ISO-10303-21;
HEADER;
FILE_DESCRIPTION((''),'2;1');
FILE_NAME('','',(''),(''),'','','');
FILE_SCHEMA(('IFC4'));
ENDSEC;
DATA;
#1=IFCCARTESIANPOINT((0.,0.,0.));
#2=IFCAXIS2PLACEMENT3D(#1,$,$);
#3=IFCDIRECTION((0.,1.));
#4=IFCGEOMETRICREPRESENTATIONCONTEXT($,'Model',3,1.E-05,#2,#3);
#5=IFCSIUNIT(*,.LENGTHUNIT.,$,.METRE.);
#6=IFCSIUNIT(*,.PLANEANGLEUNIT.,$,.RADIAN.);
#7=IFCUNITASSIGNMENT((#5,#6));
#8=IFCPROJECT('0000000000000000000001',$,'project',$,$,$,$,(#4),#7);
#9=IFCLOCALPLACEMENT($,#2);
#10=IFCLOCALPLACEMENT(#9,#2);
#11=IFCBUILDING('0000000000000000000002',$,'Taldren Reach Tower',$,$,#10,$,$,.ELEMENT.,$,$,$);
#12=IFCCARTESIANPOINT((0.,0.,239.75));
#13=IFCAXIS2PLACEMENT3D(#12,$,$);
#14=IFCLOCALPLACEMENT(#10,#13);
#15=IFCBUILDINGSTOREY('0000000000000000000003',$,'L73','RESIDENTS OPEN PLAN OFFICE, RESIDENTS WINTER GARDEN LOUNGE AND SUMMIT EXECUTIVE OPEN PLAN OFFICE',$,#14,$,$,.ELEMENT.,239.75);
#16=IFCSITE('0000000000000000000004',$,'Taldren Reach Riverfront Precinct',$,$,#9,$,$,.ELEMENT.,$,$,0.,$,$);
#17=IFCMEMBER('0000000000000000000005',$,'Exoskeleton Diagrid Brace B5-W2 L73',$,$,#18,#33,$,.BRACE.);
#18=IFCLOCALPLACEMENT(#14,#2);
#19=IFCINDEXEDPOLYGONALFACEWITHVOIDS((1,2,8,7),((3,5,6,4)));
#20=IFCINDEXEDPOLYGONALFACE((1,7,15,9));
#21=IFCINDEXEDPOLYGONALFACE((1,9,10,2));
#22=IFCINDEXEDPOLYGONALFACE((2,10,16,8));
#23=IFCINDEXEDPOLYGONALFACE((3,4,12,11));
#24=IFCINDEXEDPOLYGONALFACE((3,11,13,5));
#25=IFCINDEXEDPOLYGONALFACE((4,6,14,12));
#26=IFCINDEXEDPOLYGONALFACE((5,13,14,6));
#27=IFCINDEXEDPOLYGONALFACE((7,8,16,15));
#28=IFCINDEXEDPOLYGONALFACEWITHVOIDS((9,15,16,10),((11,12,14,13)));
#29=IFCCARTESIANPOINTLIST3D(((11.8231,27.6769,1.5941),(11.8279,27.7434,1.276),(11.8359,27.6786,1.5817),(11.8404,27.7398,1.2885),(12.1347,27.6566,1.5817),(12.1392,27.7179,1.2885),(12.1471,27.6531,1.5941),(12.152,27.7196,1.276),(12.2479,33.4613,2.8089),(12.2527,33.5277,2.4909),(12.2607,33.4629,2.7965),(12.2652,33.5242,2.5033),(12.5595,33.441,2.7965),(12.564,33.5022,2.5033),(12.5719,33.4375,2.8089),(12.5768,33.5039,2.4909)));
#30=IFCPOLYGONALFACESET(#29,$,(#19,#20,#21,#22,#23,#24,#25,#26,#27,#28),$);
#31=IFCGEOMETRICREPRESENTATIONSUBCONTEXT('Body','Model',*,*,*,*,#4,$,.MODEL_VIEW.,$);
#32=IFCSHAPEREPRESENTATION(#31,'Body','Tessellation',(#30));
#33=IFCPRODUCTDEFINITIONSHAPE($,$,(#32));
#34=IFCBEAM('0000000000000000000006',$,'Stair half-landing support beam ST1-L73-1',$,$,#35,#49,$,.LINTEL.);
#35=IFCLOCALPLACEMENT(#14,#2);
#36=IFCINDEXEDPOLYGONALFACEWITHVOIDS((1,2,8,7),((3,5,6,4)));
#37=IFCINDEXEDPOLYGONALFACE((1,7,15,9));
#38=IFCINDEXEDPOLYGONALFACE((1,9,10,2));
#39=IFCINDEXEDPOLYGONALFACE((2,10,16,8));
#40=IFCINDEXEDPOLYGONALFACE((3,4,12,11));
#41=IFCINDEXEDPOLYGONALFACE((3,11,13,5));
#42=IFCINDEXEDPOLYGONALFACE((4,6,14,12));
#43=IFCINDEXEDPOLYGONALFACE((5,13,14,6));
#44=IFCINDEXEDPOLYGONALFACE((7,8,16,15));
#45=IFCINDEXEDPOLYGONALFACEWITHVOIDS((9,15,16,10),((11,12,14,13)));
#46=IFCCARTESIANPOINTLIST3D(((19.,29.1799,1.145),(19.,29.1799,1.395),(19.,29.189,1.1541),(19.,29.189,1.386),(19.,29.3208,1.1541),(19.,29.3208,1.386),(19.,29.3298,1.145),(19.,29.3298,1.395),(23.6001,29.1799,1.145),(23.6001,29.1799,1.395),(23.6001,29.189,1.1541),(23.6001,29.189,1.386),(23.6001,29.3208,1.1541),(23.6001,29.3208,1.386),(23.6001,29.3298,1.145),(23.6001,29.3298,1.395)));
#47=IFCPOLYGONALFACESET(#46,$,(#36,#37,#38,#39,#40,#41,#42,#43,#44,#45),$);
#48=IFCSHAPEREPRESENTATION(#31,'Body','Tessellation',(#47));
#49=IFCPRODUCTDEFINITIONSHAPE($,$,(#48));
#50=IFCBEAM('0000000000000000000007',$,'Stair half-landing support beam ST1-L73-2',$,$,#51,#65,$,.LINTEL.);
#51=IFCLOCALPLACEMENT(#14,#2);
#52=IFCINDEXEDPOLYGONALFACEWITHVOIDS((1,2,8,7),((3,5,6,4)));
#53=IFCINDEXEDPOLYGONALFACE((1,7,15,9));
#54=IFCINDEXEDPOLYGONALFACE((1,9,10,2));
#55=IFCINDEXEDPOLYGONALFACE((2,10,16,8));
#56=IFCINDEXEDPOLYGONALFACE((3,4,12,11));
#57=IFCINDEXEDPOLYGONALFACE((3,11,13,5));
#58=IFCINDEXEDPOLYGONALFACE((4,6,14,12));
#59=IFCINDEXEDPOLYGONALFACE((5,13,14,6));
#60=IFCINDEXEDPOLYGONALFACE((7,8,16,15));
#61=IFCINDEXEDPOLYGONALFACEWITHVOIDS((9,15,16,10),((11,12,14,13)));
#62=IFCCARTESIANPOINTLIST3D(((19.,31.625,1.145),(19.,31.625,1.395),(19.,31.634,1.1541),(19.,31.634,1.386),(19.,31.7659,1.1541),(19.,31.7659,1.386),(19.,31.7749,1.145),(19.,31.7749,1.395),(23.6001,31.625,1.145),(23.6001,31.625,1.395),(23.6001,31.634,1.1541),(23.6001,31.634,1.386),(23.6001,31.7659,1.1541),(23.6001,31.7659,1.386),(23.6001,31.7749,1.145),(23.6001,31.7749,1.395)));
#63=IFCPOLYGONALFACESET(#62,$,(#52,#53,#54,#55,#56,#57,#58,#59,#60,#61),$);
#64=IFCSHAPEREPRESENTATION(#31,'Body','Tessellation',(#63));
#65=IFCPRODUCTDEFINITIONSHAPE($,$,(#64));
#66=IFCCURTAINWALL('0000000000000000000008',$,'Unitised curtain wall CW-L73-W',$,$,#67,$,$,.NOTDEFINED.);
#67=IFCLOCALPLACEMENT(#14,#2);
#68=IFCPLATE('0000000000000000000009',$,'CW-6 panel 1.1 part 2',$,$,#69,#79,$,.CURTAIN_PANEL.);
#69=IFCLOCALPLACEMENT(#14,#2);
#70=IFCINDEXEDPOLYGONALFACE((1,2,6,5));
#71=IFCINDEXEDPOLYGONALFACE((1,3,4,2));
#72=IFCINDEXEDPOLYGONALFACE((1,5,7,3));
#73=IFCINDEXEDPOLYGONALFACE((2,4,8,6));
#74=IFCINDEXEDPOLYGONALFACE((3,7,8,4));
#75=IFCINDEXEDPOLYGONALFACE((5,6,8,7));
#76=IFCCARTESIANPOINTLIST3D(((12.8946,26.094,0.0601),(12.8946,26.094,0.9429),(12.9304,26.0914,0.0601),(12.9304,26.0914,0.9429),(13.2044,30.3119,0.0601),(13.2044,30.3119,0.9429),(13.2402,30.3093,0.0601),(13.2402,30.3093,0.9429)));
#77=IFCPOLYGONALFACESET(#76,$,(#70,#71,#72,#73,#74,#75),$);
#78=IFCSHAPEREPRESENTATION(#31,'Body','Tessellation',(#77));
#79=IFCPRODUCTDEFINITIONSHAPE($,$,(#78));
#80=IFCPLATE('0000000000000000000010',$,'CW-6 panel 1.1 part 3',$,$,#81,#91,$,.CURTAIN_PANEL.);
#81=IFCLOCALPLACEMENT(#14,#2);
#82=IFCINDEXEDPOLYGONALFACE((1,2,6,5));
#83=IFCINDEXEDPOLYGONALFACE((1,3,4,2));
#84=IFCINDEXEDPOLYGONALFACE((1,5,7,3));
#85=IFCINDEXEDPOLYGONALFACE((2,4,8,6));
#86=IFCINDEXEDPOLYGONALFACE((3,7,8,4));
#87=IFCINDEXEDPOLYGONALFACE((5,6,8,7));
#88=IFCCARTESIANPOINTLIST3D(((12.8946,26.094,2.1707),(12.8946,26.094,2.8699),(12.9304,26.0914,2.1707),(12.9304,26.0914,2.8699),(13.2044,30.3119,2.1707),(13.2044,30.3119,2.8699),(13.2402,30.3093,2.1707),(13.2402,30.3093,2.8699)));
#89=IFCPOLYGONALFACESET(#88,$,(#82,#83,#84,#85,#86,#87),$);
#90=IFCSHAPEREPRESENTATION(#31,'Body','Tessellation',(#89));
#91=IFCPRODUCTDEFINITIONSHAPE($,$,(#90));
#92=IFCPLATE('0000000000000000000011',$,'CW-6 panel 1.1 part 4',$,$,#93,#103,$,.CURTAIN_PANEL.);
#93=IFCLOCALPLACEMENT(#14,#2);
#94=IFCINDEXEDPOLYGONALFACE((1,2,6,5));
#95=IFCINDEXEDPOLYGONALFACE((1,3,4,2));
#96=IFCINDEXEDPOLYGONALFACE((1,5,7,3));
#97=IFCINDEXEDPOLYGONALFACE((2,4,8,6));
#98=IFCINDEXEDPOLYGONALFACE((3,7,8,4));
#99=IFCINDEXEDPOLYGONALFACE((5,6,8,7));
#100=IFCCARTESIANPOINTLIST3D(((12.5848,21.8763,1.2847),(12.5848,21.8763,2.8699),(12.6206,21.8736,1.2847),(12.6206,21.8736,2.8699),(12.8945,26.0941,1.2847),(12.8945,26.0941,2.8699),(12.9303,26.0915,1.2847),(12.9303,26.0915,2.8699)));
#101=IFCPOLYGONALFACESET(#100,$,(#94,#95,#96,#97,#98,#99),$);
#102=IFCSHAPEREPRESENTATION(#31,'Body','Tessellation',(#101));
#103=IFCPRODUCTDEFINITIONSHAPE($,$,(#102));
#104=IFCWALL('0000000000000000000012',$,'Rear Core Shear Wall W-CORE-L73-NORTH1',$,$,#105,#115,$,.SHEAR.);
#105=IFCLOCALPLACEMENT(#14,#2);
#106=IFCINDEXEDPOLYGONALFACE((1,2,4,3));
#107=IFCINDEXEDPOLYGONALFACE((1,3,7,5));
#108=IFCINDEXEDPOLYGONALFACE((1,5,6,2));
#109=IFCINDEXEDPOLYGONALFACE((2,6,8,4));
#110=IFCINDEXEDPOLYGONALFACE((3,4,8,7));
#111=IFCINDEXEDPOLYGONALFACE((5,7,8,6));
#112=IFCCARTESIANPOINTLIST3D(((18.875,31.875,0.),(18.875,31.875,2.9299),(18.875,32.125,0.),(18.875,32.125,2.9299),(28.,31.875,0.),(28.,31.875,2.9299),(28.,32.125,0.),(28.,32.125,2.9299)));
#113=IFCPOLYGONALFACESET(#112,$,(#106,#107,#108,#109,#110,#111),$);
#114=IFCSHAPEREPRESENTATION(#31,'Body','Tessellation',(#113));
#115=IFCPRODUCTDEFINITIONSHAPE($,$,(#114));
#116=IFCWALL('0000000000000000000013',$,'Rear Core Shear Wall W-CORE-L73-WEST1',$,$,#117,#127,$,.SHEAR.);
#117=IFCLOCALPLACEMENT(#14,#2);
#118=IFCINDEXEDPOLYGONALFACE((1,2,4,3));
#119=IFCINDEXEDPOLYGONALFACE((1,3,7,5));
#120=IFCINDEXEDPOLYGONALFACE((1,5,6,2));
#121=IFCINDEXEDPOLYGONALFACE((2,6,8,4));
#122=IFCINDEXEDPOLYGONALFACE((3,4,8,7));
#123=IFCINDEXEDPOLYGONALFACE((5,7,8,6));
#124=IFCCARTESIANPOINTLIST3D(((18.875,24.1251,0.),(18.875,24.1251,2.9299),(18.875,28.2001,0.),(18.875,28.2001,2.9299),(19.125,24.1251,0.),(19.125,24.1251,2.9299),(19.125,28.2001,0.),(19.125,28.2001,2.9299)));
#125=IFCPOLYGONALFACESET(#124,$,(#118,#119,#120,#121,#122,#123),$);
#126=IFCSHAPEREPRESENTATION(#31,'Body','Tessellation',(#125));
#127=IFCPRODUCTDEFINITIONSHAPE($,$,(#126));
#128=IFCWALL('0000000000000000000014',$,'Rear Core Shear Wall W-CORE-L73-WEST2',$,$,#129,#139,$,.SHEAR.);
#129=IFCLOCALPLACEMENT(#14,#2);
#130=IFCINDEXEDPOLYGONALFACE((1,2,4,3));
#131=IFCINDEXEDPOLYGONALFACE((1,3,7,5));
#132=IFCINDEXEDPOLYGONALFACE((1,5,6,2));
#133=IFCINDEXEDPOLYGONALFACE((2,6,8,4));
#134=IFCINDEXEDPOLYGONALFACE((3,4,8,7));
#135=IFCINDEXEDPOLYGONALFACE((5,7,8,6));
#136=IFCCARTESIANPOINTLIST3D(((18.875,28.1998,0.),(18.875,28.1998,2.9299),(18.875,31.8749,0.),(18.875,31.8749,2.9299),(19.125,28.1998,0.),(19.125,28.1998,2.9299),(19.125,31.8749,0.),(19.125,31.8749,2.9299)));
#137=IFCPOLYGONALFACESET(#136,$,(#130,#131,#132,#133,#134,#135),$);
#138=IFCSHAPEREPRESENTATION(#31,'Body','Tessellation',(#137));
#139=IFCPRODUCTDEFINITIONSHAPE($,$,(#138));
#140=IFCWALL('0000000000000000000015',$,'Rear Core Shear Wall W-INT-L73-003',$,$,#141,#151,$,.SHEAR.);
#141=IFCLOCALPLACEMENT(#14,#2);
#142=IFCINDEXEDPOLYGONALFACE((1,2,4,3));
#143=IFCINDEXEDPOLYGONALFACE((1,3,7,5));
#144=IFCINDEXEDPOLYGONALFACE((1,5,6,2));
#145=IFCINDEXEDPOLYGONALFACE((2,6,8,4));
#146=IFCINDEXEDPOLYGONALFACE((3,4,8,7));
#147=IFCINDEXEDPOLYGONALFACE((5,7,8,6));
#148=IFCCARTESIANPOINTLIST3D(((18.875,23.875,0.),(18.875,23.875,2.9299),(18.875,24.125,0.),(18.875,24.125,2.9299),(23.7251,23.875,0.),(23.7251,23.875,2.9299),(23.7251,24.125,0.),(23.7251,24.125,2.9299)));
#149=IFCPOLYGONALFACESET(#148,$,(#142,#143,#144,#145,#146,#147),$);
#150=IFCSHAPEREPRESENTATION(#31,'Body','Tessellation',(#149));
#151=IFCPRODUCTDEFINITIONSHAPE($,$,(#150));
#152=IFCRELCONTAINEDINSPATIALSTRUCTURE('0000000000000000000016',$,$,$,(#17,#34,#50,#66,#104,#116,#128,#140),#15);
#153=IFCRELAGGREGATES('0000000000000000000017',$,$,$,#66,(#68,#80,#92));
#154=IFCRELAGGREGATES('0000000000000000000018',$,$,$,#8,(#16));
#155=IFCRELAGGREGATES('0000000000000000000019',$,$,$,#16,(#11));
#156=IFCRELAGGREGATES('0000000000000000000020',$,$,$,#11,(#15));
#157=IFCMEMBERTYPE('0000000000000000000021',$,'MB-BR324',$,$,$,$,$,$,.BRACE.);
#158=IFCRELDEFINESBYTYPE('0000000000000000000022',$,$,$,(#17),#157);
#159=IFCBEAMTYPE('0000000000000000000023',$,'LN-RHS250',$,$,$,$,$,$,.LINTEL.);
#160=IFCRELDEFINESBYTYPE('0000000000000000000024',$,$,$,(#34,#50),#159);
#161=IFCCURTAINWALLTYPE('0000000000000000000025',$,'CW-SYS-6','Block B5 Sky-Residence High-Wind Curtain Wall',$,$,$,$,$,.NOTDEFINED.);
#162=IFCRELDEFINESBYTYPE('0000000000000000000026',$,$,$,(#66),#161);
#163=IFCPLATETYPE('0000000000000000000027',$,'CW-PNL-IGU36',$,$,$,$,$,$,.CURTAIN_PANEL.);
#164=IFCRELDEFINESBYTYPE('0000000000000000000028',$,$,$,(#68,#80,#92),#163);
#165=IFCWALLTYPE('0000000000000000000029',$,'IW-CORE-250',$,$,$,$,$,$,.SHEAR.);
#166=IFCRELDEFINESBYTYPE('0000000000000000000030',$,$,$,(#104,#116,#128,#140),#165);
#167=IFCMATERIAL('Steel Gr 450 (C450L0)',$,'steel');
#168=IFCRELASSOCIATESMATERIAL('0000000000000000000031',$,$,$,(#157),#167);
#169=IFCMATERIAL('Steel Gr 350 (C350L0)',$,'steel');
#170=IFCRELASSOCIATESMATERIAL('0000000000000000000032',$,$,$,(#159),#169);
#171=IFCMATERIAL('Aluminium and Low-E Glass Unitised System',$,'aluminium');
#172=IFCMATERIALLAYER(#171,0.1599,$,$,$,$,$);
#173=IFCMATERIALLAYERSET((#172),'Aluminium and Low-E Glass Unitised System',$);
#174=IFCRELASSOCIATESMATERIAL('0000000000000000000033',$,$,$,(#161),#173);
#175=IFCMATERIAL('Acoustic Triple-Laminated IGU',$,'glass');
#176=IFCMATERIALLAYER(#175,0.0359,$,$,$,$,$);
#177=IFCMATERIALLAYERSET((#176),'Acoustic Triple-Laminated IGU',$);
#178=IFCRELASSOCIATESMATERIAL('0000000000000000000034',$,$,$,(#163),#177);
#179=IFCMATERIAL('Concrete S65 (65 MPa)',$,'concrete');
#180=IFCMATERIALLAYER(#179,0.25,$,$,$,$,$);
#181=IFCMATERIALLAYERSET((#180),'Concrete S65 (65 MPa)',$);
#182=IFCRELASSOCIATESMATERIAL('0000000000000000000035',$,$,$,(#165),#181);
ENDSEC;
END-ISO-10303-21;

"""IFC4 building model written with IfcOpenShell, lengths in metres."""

from ifc_helpers import new_model, si_unit, direction, frame, frame_2d, origin, origin_2d, place, context, subcontext, project, spatial, rectangle, hollow_rectangle, extrude, source, transform, mapped, material, layer, layer_set, material_profile, profile_set, type_object, element, aggregate, save


model = new_model("IFC4")

# Units and contexts
model_context = context("Model", 3, precision=1e-05, world=origin(), true_north=direction((0.0, 1.0)))
body_context = subcontext(model_context, "Body", "Model", "MODEL_VIEW")
ifc_project = project(units=[si_unit("LENGTHUNIT", "METRE"), si_unit("PLANEANGLEUNIT", "RADIAN")], contexts=[model_context])

# Site, building, storey
site_placement = place(None, origin())
site = spatial("IfcSite", under=ifc_project, at=site_placement, Name="Taldren Reach Riverfront Precinct", CompositionType="ELEMENT", RefElevation=0.0)
building_placement = place(site_placement, origin())
building = spatial("IfcBuilding", under=site, at=building_placement, Name="Taldren Reach Tower", CompositionType="ELEMENT")
storey_placement = place(building_placement, frame((0.0, 0.0, 239.75)))
storey = spatial("IfcBuildingStorey", under=building, at=storey_placement, Name="L73", Description="RESIDENTS OPEN PLAN OFFICE, RESIDENTS WINTER GARDEN LOUNGE AND SUMMIT EXECUTIVE OPEN PLAN OFFICE", CompositionType="ELEMENT", Elevation=239.75)

# Shared definitions
ifc_material_1 = material(Name="Steel Gr 450 (C450L0)", Category="steel")

# Member
ifc_material_profile_1 = material_profile(ifc_material_1, hollow_rectangle(XDim=0.325, YDim=0.325, WallThickness=0.0127, at=origin_2d()), Name="325x325x12.7SHS")
ifc_profile_set_1 = profile_set([ifc_material_profile_1], Name="Steel Gr 450 (C450L0)")
member_type = type_object("IfcMemberType", Name="MB-BR324", PredefinedType="BRACE", material=ifc_profile_set_1)
shared_shape_1 = source(origin(), body_context, "Body", "SweptSolid", [
    extrude(hollow_rectangle(XDim=0.325, YDim=0.325, WallThickness=0.0127, at=origin_2d()), origin(), (0.0, 0.0, 1.0), 5.9258),
])
member_placement = place(storey_placement, frame((11.9875, 27.6982, 1.4351), z_axis=(0.071687, 0.976132, 0.205007), x_axis=(-0.997314, 0.073242, 0.0)))
element("IfcMember", 1, at=member_placement, inside=storey, type_object=member_type, Name="Exoskeleton Diagrid Brace B5-W2 L73", PredefinedType="BRACE", context=body_context, shape_type="MappedRepresentation", body=[
    mapped(shared_shape_1, transform((0.0, 0.0, 0.0), scale=1.0)),
])

# Beams
ifc_material_2 = material(Name="Steel Gr 350 (C350L0)", Category="steel")
ifc_material_profile_2 = material_profile(ifc_material_2, hollow_rectangle(XDim=0.1499, YDim=0.25, WallThickness=0.009, at=origin_2d()), Name="250x150x9.0RHS")
ifc_profile_set_2 = profile_set([ifc_material_profile_2], Name="Steel Gr 350 (C350L0)")
beam_type_1 = type_object("IfcBeamType", Name="LN-RHS250", PredefinedType="LINTEL", material=ifc_profile_set_2)
shared_shape_2 = source(origin(), body_context, "Body", "SweptSolid", [
    extrude(hollow_rectangle(XDim=0.1499, YDim=0.25, WallThickness=0.009, at=origin_2d()), origin(), (0.0, 0.0, 1.0), 4.6001),
])
for number, where, z_axis, x_axis, name in (
    (2, (19.0, 29.2549, 1.27), (1.0, 0.0, 0.0), (0.0, 1.0, 0.0), "Stair half-landing support beam ST1-L73-1"),
    (3, (19.0, 31.7, 1.27), (1.0, 0.0, 0.0), (0.0, 1.0, 0.0), "Stair half-landing support beam ST1-L73-2"),
):
    element("IfcBeam", number, at=place(storey_placement, frame(where, z_axis=z_axis, x_axis=x_axis)), inside=storey, type_object=beam_type_1, Name=name, PredefinedType="LINTEL", context=body_context, shape_type="MappedRepresentation", body=[
        mapped(shared_shape_2, transform((0.0, 0.0, 0.0), scale=1.0)),
    ])

# Curtain wall, plates
ifc_material_3 = material(Name="Aluminium and Low-E Glass Unitised System", Category="aluminium")
ifc_layer_1 = layer(ifc_material_3, 0.1599)
ifc_layer_set_1 = layer_set([ifc_layer_1], Name="Aluminium and Low-E Glass Unitised System")
curtain_wall_type = type_object("IfcCurtainWallType", Name="CW-SYS-6", Description="Block B5 Sky-Residence High-Wind Curtain Wall", PredefinedType="NOTDEFINED", material=ifc_layer_set_1)
curtain_wall_placement = place(storey_placement, origin())
curtain_wall = element("IfcCurtainWall", 4, at=curtain_wall_placement, inside=storey, type_object=curtain_wall_type, Name="Unitised curtain wall CW-L73-W", PredefinedType="NOTDEFINED")
ifc_material_4 = material(Name="Acoustic Triple-Laminated IGU", Category="glass")
ifc_layer_2 = layer(ifc_material_4, 0.0359)
ifc_layer_set_2 = layer_set([ifc_layer_2], Name="Acoustic Triple-Laminated IGU")
plate_type = type_object("IfcPlateType", Name="CW-PNL-IGU36", PredefinedType="CURTAIN_PANEL", material=ifc_layer_set_2)
shared_shape_3 = source(origin(), body_context, "Body", "SweptSolid", [
    extrude(rectangle(XDim=4.2292, YDim=0.0359, at=origin_2d()), origin(), (0.0, 0.0, 1.0), 0.8828),
])
plate_1_placement = place(storey_placement, frame((13.0674, 28.2017, 0.0601), z_axis=(0.0, 0.0, 1.0), x_axis=(-0.073238, -0.997314, 0.0)))
plate_1 = element("IfcPlate", 5, at=plate_1_placement, type_object=plate_type, Name="CW-6 panel 1.1 part 2", PredefinedType="CURTAIN_PANEL", context=body_context, shape_type="MappedRepresentation", body=[
    mapped(shared_shape_3, transform((0.0, 0.0, 0.0), scale=1.0)),
])
shared_shape_4 = source(origin(), body_context, "Body", "SweptSolid", [
    extrude(rectangle(XDim=4.2292, YDim=0.0359, at=origin_2d()), origin(), (0.0, 0.0, 1.0), 0.6992),
])
plate_2_placement = place(storey_placement, frame((13.0674, 28.2017, 2.1707), z_axis=(0.0, 0.0, 1.0), x_axis=(-0.073238, -0.997314, 0.0)))
plate_2 = element("IfcPlate", 6, at=plate_2_placement, type_object=plate_type, Name="CW-6 panel 1.1 part 3", PredefinedType="CURTAIN_PANEL", context=body_context, shape_type="MappedRepresentation", body=[
    mapped(shared_shape_4, transform((0.0, 0.0, 0.0), scale=1.0)),
])
shared_shape_5 = source(origin(), body_context, "Body", "SweptSolid", [
    extrude(rectangle(XDim=4.2292, YDim=0.0359, at=origin_2d()), origin(), (0.0, 0.0, 1.0), 1.5852),
])
plate_3_placement = place(storey_placement, frame((12.7576, 23.9839, 1.2847), z_axis=(0.0, 0.0, 1.0), x_axis=(-0.073238, -0.997314, 0.0)))
plate_3 = element("IfcPlate", 7, at=plate_3_placement, type_object=plate_type, Name="CW-6 panel 1.1 part 4", PredefinedType="CURTAIN_PANEL", context=body_context, shape_type="MappedRepresentation", body=[
    mapped(shared_shape_5, transform((0.0, 0.0, 0.0), scale=1.0)),
])
aggregate(curtain_wall, [plate_1, plate_2, plate_3])

# Walls
ifc_material_5 = material(Name="Concrete S65 (65 MPa)", Category="concrete")
ifc_layer_3 = layer(ifc_material_5, 0.25)
ifc_layer_set_3 = layer_set([ifc_layer_3], Name="Concrete S65 (65 MPa)")
wall_type_1 = type_object("IfcWallType", Name="IW-CORE-250", PredefinedType="SHEAR", material=ifc_layer_set_3)
shared_shape_6 = source(origin(), body_context, "Body", "SweptSolid", [
    extrude(rectangle(XDim=9.125, YDim=0.25, at=frame_2d((4.5625, 0.0))), origin(), (0.0, 0.0, 1.0), 2.9299),
])
wall_1_placement = place(storey_placement, frame((18.875, 32.0, 0.0), z_axis=(0.0, 0.0, 1.0), x_axis=(1.0, 0.0, 0.0)))
element("IfcWall", 8, at=wall_1_placement, inside=storey, type_object=wall_type_1, Name="Rear Core Shear Wall W-CORE-L73-NORTH1", PredefinedType="SHEAR", context=body_context, shape_type="MappedRepresentation", body=[
    mapped(shared_shape_6, transform((0.0, 0.0, 0.0), scale=1.0)),
])
shared_shape_7 = source(origin(), body_context, "Body", "SweptSolid", [
    extrude(rectangle(XDim=4.075, YDim=0.25, at=frame_2d((2.0376, 0.0))), origin(), (0.0, 0.0, 1.0), 2.9299),
])
wall_2_placement = place(storey_placement, frame((19.0, 24.125, 0.0), z_axis=(0.0, 0.0, 1.0), x_axis=(0.0, 1.0, 0.0)))
element("IfcWall", 9, at=wall_2_placement, inside=storey, type_object=wall_type_1, Name="Rear Core Shear Wall W-CORE-L73-WEST1", PredefinedType="SHEAR", context=body_context, shape_type="MappedRepresentation", body=[
    mapped(shared_shape_7, transform((0.0, 0.0, 0.0), scale=1.0)),
])
shared_shape_8 = source(origin(), body_context, "Body", "SweptSolid", [
    extrude(rectangle(XDim=3.675, YDim=0.25, at=frame_2d((1.8374, 0.0))), origin(), (0.0, 0.0, 1.0), 2.9299),
])
wall_3_placement = place(storey_placement, frame((19.0, 28.2, 0.0), z_axis=(0.0, 0.0, 1.0), x_axis=(0.0, 1.0, 0.0)))
element("IfcWall", 10, at=wall_3_placement, inside=storey, type_object=wall_type_1, Name="Rear Core Shear Wall W-CORE-L73-WEST2", PredefinedType="SHEAR", context=body_context, shape_type="MappedRepresentation", body=[
    mapped(shared_shape_8, transform((0.0, 0.0, 0.0), scale=1.0)),
])
shared_shape_9 = source(origin(), body_context, "Body", "SweptSolid", [
    extrude(rectangle(XDim=4.8501, YDim=0.25, at=frame_2d((2.425, 0.0))), origin(), (0.0, 0.0, 1.0), 2.9299),
])
wall_4_placement = place(storey_placement, frame((18.875, 24.0, 0.0), z_axis=(0.0, 0.0, 1.0), x_axis=(1.0, 0.0, 0.0)))
element("IfcWall", 11, at=wall_4_placement, inside=storey, type_object=wall_type_1, Name="Rear Core Shear Wall W-INT-L73-003", PredefinedType="SHEAR", context=body_context, shape_type="MappedRepresentation", body=[
    mapped(shared_shape_9, transform((0.0, 0.0, 0.0), scale=1.0)),
])

save(model, "model.ifc")
